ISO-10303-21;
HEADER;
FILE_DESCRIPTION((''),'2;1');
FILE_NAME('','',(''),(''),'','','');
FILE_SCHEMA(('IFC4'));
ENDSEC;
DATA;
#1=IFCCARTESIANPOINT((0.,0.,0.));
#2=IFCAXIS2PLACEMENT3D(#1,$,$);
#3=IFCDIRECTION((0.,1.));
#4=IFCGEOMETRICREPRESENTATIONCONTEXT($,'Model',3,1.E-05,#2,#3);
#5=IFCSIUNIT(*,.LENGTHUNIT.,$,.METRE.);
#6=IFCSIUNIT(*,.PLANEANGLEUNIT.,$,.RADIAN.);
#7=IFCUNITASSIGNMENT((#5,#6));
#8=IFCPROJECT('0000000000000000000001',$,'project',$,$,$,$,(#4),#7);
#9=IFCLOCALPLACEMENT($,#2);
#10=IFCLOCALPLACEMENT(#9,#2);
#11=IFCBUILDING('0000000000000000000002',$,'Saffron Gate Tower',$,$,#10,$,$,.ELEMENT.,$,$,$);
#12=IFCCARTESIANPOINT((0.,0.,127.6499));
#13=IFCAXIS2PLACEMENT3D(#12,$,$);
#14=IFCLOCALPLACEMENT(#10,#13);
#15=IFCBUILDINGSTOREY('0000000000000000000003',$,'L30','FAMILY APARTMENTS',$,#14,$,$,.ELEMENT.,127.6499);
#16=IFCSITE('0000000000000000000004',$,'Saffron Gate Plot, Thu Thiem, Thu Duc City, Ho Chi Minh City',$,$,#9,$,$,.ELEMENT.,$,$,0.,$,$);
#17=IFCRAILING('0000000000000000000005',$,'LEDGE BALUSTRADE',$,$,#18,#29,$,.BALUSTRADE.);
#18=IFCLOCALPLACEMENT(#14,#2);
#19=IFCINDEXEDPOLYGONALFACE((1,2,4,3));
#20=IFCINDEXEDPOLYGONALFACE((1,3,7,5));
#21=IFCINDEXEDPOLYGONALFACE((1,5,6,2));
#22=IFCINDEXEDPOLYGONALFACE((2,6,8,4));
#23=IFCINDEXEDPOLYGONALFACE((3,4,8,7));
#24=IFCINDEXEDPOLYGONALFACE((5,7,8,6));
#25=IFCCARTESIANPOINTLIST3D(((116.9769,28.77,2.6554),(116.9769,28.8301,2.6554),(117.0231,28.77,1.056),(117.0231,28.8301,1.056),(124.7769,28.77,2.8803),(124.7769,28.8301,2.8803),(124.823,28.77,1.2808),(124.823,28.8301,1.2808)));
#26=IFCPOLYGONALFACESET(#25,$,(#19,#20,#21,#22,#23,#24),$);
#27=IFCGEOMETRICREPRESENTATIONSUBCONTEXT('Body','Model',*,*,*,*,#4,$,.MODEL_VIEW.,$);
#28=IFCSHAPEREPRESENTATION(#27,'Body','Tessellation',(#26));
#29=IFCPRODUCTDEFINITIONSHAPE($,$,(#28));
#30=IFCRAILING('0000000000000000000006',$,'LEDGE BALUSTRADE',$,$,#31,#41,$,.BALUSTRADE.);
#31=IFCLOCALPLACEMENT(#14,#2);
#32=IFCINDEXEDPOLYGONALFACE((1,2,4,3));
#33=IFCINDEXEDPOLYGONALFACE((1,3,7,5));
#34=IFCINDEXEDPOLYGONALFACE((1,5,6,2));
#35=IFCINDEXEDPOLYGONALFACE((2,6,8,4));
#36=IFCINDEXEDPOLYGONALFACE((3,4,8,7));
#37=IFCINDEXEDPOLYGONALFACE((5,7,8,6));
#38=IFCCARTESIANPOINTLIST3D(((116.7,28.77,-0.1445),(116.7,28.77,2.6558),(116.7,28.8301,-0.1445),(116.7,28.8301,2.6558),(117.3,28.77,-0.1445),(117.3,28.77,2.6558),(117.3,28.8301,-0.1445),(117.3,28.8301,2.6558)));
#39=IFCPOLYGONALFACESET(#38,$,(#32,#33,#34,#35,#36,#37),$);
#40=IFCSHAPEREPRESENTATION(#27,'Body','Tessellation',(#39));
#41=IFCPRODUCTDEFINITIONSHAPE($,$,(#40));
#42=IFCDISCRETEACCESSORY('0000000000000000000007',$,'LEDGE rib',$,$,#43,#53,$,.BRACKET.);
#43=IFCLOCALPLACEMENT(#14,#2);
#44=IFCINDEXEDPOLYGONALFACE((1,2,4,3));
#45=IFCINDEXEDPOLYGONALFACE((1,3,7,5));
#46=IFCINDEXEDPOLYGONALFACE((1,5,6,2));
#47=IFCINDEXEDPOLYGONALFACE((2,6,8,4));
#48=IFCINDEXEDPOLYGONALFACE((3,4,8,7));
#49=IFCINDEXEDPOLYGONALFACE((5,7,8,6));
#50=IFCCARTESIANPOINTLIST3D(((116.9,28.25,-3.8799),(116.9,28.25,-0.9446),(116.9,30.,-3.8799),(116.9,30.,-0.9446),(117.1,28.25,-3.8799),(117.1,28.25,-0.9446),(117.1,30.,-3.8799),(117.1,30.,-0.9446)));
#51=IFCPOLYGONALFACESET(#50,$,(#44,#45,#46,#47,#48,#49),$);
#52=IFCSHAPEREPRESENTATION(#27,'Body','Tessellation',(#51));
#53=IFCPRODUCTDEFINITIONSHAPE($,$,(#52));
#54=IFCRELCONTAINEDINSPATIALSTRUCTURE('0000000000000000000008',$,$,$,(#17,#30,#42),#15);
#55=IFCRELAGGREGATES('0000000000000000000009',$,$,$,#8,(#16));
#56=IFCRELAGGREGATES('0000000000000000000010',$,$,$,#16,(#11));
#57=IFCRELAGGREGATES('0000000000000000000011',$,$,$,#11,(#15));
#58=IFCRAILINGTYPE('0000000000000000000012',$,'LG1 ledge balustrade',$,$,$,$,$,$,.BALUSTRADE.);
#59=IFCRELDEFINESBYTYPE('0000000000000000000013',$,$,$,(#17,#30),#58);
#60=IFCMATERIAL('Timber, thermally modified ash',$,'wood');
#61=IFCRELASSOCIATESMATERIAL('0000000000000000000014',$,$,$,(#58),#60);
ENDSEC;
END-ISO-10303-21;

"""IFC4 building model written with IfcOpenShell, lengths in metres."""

from ifc_helpers import new_model, si_unit, direction, frame, origin, origin_2d, place, context, subcontext, project, spatial, rectangle, extrude, material, type_object, element, save


model = new_model("IFC4")

# Units and contexts
model_context = context("Model", 3, precision=1e-05, world=origin(), true_north=direction((0.0, 1.0)))
body_context = subcontext(model_context, "Body", "Model", "MODEL_VIEW")
ifc_project = project(units=[si_unit("LENGTHUNIT", "METRE"), si_unit("PLANEANGLEUNIT", "RADIAN")], contexts=[model_context])

# Site, building, storey
site_placement = place(None, origin())
site = spatial("IfcSite", under=ifc_project, at=site_placement, Name="Saffron Gate Plot, Thu Thiem, Thu Duc City, Ho Chi Minh City", CompositionType="ELEMENT", RefElevation=0.0)
building_placement = place(site_placement, origin())
building = spatial("IfcBuilding", under=site, at=building_placement, Name="Saffron Gate Tower", CompositionType="ELEMENT")
storey_placement = place(building_placement, frame((0.0, 0.0, 127.6499)))
storey = spatial("IfcBuildingStorey", under=building, at=storey_placement, Name="L30", Description="FAMILY APARTMENTS", CompositionType="ELEMENT", Elevation=127.6499)

# Shared definitions
ifc_material_1 = material(Name="Timber, thermally modified ash", Category="wood")

# Railings
railing_type_1 = type_object("IfcRailingType", Name="LG1 ledge balustrade", PredefinedType="BALUSTRADE", material=ifc_material_1)
railing_1_placement = place(storey_placement, frame((117.0, 28.8, 1.0557)))
element("IfcRailing", 1, at=railing_1_placement, inside=storey, type_object=railing_type_1, Name="LEDGE BALUSTRADE", PredefinedType="BALUSTRADE", context=body_context, shape_type="SweptSolid", body=[
    extrude(rectangle(XDim=0.0601, YDim=1.6001, at=origin_2d()), frame((0.0, 0.0, 0.8), z_axis=(0.999585, 0.0, 0.028815), x_axis=(0.0, 1.0, 0.0)), (0.0, 0.0, 1.0), 7.8032),
])
railing_2_placement = place(storey_placement, frame((116.7, 28.8, -0.1445)))
element("IfcRailing", 2, at=railing_2_placement, inside=storey, type_object=railing_type_1, Name="LEDGE BALUSTRADE", PredefinedType="BALUSTRADE", context=body_context, shape_type="SweptSolid", body=[
    extrude(rectangle(XDim=0.0601, YDim=2.8003, at=origin_2d()), frame((0.0, 0.0, 1.4001), z_axis=(1.0, 0.0, 0.0), x_axis=(0.0, 1.0, 0.0)), (0.0, 0.0, 1.0), 0.6001),
])

# Discrete accessory
discrete_accessory_placement = place(storey_placement, frame((117.0, 29.125, -3.8799), z_axis=(0.0, 0.0, 1.0), x_axis=(1.0, 0.0, 0.0)))
element("IfcDiscreteAccessory", 3, at=discrete_accessory_placement, inside=storey, Name="LEDGE rib", PredefinedType="BRACKET", context=body_context, shape_type="SweptSolid", body=[
    extrude(rectangle(XDim=0.2, YDim=1.75, at=origin_2d()), origin(), (0.0, 0.0, 1.0), 2.9353),
])

save(model, "model.ifc")
